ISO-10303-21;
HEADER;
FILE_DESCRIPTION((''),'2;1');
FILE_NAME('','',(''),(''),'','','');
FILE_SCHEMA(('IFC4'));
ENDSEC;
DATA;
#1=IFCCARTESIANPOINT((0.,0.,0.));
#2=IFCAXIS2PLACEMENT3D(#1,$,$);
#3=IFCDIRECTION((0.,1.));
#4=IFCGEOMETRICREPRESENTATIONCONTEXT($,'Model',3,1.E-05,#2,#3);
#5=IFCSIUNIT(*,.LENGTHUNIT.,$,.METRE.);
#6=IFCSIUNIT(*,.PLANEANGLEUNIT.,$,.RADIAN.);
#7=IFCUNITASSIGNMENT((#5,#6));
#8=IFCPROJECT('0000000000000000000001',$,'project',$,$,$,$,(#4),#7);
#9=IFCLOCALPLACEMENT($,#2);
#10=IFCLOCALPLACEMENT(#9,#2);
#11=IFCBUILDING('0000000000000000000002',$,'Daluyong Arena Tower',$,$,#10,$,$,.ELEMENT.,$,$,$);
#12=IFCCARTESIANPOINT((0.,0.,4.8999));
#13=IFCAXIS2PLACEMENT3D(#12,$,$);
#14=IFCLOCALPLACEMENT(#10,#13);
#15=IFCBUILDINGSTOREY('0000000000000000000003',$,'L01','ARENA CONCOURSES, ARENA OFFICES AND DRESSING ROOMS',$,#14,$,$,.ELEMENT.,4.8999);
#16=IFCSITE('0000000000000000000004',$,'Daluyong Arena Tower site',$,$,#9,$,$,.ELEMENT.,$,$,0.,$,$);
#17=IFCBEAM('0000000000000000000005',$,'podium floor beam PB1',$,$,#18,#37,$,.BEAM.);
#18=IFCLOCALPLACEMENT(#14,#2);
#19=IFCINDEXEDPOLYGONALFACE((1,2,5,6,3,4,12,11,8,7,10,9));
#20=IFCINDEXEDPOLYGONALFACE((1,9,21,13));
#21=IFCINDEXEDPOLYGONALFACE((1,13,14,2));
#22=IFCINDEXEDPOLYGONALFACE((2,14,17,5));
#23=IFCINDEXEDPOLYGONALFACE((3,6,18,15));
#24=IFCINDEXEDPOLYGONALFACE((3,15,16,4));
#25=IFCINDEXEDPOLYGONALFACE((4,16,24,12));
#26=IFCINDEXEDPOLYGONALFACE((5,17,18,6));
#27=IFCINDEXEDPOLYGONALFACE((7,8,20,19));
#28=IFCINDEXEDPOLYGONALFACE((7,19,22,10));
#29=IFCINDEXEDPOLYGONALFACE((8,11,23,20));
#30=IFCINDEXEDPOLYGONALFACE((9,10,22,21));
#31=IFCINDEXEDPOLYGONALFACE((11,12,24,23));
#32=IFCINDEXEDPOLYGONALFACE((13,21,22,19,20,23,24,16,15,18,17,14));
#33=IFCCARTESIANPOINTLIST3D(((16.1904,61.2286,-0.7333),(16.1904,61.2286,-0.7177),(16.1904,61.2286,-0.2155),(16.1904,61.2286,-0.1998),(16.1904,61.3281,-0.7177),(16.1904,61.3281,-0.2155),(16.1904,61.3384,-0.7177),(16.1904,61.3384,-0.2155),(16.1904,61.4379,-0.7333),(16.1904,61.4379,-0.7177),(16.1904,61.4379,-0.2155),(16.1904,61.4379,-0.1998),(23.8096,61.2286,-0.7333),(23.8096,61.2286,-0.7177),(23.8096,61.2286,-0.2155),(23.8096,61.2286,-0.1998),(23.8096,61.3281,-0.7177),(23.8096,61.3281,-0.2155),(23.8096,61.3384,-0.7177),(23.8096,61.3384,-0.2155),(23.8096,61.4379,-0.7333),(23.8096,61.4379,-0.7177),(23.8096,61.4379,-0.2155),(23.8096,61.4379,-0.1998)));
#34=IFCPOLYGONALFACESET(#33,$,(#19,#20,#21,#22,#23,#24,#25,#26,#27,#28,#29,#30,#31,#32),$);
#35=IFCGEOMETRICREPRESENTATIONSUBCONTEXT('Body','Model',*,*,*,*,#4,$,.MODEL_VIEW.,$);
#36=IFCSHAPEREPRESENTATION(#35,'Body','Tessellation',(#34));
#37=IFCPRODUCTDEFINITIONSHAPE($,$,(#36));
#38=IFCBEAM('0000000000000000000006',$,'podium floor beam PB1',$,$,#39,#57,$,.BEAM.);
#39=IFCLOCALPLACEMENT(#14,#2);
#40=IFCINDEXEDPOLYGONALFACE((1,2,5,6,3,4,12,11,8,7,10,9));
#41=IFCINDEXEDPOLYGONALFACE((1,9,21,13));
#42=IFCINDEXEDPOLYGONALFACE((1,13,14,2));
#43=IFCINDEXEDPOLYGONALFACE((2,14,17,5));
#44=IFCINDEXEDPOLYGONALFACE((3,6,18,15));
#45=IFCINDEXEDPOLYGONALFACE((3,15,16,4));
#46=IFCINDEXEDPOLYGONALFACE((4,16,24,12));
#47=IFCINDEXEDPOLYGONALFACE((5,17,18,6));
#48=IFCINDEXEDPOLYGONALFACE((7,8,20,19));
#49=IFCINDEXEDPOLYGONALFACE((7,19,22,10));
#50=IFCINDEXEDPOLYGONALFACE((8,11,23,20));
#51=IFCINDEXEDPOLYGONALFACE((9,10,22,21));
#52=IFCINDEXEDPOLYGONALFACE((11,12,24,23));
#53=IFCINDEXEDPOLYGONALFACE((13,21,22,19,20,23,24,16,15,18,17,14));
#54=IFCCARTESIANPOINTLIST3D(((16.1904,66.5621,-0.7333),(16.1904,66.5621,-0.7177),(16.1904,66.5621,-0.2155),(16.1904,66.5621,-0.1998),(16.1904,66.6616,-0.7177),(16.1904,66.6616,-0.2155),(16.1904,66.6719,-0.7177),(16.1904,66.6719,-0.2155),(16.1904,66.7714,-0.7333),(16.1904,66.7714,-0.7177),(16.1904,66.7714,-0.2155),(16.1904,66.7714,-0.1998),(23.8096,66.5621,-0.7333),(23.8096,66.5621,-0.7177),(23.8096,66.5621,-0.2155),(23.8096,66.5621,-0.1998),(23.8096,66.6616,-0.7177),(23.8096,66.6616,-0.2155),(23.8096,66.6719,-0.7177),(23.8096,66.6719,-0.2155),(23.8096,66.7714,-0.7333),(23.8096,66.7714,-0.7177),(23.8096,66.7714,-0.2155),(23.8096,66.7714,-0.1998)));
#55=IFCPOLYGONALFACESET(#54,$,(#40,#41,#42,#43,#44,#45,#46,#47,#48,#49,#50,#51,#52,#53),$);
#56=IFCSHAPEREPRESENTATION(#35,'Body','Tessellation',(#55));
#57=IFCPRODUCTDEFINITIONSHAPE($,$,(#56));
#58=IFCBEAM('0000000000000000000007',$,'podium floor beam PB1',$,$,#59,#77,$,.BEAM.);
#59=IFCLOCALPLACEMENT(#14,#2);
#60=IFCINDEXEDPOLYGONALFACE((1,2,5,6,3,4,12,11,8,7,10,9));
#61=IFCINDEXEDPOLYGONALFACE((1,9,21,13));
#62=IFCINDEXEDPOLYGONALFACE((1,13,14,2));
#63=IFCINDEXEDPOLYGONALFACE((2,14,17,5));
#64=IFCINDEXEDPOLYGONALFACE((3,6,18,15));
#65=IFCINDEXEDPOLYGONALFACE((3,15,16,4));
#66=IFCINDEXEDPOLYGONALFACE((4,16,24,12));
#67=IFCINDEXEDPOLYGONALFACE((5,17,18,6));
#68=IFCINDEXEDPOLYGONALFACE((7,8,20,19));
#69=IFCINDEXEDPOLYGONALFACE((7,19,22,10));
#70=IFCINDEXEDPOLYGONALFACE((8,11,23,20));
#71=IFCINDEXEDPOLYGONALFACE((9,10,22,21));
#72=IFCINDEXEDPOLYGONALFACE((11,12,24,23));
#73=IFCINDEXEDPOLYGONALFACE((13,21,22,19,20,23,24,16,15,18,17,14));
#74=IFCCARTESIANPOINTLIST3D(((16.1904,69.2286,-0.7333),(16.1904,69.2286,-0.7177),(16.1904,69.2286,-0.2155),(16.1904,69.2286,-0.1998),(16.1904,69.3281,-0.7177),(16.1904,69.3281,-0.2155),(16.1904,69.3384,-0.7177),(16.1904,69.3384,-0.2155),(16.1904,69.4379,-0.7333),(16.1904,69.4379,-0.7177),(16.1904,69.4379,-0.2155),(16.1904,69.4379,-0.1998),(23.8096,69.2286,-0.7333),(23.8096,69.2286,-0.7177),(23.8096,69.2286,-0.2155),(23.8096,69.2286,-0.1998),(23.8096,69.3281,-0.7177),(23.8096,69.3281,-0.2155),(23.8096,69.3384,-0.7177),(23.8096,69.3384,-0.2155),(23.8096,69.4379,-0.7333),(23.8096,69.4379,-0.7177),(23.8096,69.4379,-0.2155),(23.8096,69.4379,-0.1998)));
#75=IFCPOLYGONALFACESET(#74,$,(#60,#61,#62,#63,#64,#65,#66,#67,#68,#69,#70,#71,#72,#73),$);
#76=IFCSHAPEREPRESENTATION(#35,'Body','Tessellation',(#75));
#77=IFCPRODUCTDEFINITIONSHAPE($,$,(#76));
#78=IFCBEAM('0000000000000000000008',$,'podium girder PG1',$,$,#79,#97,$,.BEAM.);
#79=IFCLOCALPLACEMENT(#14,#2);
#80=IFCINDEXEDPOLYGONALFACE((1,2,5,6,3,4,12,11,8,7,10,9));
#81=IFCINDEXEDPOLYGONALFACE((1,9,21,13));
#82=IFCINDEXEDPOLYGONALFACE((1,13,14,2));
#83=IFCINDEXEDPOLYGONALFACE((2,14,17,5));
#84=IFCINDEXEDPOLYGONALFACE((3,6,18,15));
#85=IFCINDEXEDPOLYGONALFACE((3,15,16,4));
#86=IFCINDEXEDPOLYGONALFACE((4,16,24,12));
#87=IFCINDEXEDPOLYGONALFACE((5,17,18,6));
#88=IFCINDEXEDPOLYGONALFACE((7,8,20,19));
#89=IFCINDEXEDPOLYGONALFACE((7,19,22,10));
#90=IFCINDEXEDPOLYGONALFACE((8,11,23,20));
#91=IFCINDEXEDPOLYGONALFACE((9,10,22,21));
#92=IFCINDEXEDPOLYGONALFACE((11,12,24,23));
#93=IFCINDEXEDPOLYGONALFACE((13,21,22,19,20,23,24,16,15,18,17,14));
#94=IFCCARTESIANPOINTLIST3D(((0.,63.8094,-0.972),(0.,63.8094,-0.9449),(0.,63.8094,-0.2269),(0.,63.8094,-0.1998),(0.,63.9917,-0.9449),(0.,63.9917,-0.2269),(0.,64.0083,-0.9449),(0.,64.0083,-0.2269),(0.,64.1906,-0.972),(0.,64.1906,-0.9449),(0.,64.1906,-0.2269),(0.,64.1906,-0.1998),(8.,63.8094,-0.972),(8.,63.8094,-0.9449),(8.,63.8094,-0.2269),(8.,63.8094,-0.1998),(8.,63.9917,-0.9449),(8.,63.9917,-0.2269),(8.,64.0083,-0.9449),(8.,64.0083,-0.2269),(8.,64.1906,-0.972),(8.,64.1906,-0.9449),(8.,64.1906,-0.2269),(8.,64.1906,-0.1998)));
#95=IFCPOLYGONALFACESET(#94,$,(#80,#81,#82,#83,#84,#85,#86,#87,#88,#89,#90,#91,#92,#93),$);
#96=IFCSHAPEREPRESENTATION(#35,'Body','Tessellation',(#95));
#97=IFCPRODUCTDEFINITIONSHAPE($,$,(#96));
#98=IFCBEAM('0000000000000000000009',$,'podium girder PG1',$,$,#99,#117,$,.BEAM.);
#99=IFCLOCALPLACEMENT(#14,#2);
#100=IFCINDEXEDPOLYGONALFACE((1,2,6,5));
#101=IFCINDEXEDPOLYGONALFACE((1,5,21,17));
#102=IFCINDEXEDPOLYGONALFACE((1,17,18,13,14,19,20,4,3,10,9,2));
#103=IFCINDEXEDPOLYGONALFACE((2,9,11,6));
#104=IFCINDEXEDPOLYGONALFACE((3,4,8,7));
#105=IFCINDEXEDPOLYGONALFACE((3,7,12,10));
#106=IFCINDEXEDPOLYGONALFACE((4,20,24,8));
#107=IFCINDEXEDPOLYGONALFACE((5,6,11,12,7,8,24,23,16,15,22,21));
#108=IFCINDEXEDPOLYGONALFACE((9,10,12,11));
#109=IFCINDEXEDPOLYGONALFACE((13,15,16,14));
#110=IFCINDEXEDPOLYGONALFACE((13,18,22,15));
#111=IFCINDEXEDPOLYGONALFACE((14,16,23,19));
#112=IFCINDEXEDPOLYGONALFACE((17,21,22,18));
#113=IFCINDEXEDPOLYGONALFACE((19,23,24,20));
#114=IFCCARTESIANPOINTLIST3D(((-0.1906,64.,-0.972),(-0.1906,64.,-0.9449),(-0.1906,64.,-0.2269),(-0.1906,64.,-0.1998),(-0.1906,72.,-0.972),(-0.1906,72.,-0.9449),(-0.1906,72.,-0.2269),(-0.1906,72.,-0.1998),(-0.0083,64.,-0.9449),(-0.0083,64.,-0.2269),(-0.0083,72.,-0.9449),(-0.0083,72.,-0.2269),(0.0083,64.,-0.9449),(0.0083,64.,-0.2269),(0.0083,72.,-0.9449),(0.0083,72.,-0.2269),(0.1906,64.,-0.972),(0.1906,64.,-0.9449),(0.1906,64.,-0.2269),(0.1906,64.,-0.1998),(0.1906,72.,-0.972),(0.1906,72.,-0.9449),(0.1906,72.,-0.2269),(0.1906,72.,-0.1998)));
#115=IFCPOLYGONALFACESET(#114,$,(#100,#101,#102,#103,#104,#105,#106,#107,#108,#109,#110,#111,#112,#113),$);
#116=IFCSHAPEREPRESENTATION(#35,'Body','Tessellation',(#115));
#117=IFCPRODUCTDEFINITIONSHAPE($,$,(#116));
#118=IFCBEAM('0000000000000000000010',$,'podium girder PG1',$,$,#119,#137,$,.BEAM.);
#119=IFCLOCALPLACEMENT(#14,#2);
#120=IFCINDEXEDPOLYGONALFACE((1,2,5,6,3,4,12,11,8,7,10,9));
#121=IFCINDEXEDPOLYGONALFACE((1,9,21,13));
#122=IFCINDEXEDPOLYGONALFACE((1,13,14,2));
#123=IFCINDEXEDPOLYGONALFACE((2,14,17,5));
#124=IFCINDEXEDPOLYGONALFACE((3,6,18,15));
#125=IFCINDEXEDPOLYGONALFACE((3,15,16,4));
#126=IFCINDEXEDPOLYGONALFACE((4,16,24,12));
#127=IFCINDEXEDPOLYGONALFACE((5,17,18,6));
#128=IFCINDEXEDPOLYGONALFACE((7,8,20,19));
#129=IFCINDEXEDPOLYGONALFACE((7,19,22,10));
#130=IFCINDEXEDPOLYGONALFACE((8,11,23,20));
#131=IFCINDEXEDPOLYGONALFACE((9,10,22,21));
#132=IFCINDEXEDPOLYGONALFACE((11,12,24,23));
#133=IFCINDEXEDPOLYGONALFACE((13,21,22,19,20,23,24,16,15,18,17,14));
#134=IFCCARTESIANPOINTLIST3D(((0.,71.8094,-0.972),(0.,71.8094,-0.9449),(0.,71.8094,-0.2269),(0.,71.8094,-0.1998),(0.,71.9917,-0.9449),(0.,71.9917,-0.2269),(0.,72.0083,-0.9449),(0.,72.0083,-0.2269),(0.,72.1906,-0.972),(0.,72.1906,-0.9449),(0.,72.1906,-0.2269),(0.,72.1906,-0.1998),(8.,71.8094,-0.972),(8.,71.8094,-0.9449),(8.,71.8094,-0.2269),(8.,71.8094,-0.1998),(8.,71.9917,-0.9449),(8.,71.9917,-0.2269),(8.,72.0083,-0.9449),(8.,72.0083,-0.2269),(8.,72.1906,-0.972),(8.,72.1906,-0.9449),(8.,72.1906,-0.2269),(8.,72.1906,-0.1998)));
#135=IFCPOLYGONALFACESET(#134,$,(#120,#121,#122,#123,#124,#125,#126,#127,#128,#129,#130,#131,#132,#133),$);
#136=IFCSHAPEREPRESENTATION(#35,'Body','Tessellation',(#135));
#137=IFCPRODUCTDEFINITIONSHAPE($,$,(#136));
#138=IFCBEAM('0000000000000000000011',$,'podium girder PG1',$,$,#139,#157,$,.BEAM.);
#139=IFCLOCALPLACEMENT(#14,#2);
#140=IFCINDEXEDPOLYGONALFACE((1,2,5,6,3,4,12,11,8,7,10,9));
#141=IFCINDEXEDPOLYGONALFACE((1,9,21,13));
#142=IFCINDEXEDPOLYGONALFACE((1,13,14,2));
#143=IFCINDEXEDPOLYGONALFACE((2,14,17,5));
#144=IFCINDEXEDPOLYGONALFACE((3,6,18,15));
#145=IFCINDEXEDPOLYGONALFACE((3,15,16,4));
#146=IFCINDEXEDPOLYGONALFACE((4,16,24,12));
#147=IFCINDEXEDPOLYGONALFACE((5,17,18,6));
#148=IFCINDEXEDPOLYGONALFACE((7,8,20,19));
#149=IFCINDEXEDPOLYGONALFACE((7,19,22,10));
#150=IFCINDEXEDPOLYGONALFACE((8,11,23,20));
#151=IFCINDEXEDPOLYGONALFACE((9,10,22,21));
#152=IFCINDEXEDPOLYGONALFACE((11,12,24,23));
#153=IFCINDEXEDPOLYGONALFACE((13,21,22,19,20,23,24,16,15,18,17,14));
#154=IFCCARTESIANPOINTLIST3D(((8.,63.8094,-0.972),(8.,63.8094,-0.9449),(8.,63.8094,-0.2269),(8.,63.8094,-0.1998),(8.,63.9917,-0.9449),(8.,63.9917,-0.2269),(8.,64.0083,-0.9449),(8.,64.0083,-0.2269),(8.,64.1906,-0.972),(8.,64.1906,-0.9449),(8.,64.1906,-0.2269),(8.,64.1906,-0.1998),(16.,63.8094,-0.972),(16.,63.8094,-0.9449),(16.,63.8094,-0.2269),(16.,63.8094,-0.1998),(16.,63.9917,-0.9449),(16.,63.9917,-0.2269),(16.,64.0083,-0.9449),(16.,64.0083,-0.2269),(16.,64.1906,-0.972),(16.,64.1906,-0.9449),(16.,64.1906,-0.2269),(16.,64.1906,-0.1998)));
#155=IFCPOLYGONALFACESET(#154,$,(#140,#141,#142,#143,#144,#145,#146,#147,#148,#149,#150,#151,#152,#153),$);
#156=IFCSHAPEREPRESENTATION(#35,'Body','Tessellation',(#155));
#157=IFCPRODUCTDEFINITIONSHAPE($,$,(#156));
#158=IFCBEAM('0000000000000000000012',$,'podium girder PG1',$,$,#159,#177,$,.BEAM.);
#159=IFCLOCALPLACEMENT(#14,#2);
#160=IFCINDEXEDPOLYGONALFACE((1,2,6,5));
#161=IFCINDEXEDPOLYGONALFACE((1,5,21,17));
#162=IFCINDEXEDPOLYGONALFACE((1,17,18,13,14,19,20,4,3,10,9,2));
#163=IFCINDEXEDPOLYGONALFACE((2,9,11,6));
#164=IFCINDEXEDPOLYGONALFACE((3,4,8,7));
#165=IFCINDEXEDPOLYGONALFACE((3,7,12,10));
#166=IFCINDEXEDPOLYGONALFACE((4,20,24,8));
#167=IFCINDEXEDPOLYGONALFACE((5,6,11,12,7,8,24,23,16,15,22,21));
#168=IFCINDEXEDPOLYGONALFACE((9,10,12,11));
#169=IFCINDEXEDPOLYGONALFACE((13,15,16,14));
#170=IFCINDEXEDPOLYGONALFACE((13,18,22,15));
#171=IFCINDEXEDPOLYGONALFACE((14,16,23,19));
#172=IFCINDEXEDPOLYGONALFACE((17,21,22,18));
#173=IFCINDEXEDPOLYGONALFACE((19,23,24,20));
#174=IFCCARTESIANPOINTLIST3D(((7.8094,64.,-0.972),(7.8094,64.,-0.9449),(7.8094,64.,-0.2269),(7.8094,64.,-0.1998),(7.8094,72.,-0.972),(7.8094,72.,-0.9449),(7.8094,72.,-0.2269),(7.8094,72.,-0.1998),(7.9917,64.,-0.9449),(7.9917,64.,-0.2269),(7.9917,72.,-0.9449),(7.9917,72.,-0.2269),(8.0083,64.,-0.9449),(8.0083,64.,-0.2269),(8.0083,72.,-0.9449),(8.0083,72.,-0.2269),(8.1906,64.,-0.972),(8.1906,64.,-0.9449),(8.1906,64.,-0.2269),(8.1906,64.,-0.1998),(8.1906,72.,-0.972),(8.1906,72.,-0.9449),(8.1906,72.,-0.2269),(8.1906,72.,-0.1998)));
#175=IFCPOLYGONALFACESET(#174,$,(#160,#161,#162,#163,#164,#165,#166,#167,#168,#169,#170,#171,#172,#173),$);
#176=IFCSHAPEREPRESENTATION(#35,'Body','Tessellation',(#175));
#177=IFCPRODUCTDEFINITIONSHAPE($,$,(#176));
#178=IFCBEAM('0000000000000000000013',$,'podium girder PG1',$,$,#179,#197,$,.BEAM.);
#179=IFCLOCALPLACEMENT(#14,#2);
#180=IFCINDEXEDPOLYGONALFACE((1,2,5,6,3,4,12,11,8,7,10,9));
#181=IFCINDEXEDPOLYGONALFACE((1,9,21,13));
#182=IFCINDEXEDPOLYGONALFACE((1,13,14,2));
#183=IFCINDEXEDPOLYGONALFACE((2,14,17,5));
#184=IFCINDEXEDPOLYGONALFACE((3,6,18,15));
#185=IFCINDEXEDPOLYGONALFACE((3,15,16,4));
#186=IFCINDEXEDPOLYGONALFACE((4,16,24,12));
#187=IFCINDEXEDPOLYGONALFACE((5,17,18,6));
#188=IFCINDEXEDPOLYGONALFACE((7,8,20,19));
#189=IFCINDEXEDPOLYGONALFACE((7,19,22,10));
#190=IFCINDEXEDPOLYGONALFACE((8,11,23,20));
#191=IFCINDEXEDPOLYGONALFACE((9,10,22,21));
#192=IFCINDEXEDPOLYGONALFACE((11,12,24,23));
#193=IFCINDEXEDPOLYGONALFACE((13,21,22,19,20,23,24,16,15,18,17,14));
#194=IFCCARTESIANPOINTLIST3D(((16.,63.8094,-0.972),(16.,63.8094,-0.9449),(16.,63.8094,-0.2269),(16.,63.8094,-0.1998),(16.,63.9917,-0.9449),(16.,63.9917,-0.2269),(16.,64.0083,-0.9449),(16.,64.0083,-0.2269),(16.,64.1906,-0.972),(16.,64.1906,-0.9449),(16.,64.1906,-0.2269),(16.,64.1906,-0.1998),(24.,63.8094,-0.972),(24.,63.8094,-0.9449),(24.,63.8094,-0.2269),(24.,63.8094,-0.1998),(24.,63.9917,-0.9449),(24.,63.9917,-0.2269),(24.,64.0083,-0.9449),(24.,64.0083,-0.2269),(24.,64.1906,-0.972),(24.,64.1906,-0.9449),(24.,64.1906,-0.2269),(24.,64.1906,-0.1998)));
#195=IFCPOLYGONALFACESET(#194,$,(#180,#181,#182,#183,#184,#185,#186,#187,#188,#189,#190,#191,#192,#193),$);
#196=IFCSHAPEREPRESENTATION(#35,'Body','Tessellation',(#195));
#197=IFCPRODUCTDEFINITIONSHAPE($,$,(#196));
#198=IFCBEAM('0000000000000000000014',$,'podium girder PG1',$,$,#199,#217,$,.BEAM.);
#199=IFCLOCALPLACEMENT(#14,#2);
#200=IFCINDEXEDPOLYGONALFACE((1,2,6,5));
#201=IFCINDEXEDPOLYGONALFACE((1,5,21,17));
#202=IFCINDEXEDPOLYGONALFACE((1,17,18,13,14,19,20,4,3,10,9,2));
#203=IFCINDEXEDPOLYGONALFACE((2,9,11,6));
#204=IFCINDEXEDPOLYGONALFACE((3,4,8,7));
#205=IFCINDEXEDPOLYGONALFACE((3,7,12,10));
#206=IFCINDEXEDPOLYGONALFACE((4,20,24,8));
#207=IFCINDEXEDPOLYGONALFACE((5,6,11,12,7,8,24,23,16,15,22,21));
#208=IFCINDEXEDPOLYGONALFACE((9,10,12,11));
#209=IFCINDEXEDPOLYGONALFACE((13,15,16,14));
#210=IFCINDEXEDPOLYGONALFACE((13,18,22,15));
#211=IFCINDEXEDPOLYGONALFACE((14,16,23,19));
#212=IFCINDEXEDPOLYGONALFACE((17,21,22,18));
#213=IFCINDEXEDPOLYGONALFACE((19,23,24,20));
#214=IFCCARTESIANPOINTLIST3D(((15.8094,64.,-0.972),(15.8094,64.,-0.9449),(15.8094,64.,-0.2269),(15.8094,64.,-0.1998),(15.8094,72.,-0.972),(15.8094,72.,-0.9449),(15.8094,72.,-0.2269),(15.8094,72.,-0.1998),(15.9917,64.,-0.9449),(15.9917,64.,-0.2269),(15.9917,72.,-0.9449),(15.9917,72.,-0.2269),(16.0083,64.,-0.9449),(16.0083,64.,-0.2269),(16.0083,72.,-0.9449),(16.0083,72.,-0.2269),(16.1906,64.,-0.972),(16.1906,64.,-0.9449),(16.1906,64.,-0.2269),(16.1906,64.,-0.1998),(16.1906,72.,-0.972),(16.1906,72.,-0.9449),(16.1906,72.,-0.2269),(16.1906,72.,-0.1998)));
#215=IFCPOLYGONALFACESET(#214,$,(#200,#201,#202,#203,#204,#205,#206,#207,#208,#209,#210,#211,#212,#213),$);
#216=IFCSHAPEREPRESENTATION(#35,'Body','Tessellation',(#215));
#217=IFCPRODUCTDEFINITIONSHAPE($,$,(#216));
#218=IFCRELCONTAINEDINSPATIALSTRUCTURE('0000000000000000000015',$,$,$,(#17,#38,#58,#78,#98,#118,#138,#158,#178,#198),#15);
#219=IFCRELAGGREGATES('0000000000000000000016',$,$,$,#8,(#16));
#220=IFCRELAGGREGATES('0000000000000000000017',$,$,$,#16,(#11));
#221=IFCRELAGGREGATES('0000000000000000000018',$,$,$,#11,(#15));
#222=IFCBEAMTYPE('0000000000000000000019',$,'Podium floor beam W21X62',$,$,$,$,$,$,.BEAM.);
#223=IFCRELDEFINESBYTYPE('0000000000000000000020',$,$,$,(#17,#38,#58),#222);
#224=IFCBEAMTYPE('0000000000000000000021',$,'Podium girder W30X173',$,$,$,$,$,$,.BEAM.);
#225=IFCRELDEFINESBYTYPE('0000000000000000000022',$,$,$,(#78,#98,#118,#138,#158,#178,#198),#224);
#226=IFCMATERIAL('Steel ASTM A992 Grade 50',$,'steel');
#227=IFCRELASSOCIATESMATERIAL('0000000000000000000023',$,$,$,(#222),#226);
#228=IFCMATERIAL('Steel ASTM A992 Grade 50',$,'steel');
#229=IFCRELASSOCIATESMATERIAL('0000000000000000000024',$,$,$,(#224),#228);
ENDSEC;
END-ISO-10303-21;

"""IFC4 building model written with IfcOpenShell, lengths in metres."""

from ifc_helpers import new_model, si_unit, direction, frame, origin, origin_2d, place, context, subcontext, project, spatial, i_section, extrude, material, material_profile, profile_set, type_object, element, save


model = new_model("IFC4")

# Units and contexts
model_context = context("Model", 3, precision=1e-05, world=origin(), true_north=direction((0.0, 1.0)))
body_context = subcontext(model_context, "Body", "Model", "MODEL_VIEW")
ifc_project = project(units=[si_unit("LENGTHUNIT", "METRE"), si_unit("PLANEANGLEUNIT", "RADIAN")], contexts=[model_context])

# Site, building, storey
site_placement = place(None, origin())
site = spatial("IfcSite", under=ifc_project, at=site_placement, Name="Daluyong Arena Tower site", CompositionType="ELEMENT", RefElevation=0.0)
building_placement = place(site_placement, origin())
building = spatial("IfcBuilding", under=site, at=building_placement, Name="Daluyong Arena Tower", CompositionType="ELEMENT")
storey_placement = place(building_placement, frame((0.0, 0.0, 4.8999)))
storey = spatial("IfcBuildingStorey", under=building, at=storey_placement, Name="L01", Description="ARENA CONCOURSES, ARENA OFFICES AND DRESSING ROOMS", CompositionType="ELEMENT", Elevation=4.8999)

# Beams
ifc_material_1 = material(Name="Steel ASTM A992 Grade 50", Category="steel")
ifc_material_profile_1 = material_profile(ifc_material_1, i_section(OverallWidth=0.2092, OverallDepth=0.5334, WebThickness=0.0103, FlangeThickness=0.0156, at=origin_2d()))
ifc_profile_set_1 = profile_set([ifc_material_profile_1], Name="Steel ASTM A992 Grade 50")
beam_type_1 = type_object("IfcBeamType", Name="Podium floor beam W21X62", PredefinedType="BEAM", material=ifc_profile_set_1)
for number, where, z_axis, x_axis, name in (
    (1, (16.1904, 61.3333, -0.4666), (1.0, 0.0, 0.0), (0.0, 1.0, 0.0), "podium floor beam PB1"),
    (2, (16.1904, 66.6667, -0.4666), (1.0, 0.0, 0.0), (0.0, 1.0, 0.0), "podium floor beam PB1"),
    (3, (16.1904, 69.3333, -0.4666), (1.0, 0.0, 0.0), (0.0, 1.0, 0.0), "podium floor beam PB1"),
):
    element("IfcBeam", number, at=place(storey_placement, frame(where, z_axis=z_axis, x_axis=x_axis)), inside=storey, type_object=beam_type_1, Name=name, PredefinedType="BEAM", context=body_context, shape_type="SweptSolid", body=[
        extrude(i_section(OverallWidth=0.2092, OverallDepth=0.5334, WebThickness=0.0103, FlangeThickness=0.0156, at=origin_2d()), origin(), (0.0, 0.0, 1.0), 7.6191),
    ])
ifc_material_2 = material(Name="Steel ASTM A992 Grade 50", Category="steel")
ifc_material_profile_2 = material_profile(ifc_material_2, i_section(OverallWidth=0.3811, OverallDepth=0.7722, WebThickness=0.0166, FlangeThickness=0.0271, at=origin_2d()))
ifc_profile_set_2 = profile_set([ifc_material_profile_2], Name="Steel ASTM A992 Grade 50")
beam_type_2 = type_object("IfcBeamType", Name="Podium girder W30X173", PredefinedType="BEAM", material=ifc_profile_set_2)
for number, where, z_axis, x_axis, name in (
    (4, (0.0, 64.0, -0.5859), (1.0, 0.0, 0.0), (0.0, 1.0, 0.0), "podium girder PG1"),
    (5, (0.0, 64.0, -0.5859), (0.0, 1.0, 0.0), (-1.0, 0.0, 0.0), "podium girder PG1"),
    (6, (0.0, 72.0, -0.5859), (1.0, 0.0, 0.0), (0.0, 1.0, 0.0), "podium girder PG1"),
    (7, (8.0, 64.0, -0.5859), (1.0, 0.0, 0.0), (0.0, 1.0, 0.0), "podium girder PG1"),
    (8, (8.0, 64.0, -0.5859), (0.0, 1.0, 0.0), (-1.0, 0.0, 0.0), "podium girder PG1"),
    (9, (16.0, 64.0, -0.5859), (1.0, 0.0, 0.0), (0.0, 1.0, 0.0), "podium girder PG1"),
    (10, (16.0, 64.0, -0.5859), (0.0, 1.0, 0.0), (-1.0, 0.0, 0.0), "podium girder PG1"),
):
    element("IfcBeam", number, at=place(storey_placement, frame(where, z_axis=z_axis, x_axis=x_axis)), inside=storey, type_object=beam_type_2, Name=name, PredefinedType="BEAM", context=body_context, shape_type="SweptSolid", body=[
        extrude(i_section(OverallWidth=0.3811, OverallDepth=0.7722, WebThickness=0.0166, FlangeThickness=0.0271, at=origin_2d()), origin(), (0.0, 0.0, 1.0), 8.0),
    ])

save(model, "model.ifc")
